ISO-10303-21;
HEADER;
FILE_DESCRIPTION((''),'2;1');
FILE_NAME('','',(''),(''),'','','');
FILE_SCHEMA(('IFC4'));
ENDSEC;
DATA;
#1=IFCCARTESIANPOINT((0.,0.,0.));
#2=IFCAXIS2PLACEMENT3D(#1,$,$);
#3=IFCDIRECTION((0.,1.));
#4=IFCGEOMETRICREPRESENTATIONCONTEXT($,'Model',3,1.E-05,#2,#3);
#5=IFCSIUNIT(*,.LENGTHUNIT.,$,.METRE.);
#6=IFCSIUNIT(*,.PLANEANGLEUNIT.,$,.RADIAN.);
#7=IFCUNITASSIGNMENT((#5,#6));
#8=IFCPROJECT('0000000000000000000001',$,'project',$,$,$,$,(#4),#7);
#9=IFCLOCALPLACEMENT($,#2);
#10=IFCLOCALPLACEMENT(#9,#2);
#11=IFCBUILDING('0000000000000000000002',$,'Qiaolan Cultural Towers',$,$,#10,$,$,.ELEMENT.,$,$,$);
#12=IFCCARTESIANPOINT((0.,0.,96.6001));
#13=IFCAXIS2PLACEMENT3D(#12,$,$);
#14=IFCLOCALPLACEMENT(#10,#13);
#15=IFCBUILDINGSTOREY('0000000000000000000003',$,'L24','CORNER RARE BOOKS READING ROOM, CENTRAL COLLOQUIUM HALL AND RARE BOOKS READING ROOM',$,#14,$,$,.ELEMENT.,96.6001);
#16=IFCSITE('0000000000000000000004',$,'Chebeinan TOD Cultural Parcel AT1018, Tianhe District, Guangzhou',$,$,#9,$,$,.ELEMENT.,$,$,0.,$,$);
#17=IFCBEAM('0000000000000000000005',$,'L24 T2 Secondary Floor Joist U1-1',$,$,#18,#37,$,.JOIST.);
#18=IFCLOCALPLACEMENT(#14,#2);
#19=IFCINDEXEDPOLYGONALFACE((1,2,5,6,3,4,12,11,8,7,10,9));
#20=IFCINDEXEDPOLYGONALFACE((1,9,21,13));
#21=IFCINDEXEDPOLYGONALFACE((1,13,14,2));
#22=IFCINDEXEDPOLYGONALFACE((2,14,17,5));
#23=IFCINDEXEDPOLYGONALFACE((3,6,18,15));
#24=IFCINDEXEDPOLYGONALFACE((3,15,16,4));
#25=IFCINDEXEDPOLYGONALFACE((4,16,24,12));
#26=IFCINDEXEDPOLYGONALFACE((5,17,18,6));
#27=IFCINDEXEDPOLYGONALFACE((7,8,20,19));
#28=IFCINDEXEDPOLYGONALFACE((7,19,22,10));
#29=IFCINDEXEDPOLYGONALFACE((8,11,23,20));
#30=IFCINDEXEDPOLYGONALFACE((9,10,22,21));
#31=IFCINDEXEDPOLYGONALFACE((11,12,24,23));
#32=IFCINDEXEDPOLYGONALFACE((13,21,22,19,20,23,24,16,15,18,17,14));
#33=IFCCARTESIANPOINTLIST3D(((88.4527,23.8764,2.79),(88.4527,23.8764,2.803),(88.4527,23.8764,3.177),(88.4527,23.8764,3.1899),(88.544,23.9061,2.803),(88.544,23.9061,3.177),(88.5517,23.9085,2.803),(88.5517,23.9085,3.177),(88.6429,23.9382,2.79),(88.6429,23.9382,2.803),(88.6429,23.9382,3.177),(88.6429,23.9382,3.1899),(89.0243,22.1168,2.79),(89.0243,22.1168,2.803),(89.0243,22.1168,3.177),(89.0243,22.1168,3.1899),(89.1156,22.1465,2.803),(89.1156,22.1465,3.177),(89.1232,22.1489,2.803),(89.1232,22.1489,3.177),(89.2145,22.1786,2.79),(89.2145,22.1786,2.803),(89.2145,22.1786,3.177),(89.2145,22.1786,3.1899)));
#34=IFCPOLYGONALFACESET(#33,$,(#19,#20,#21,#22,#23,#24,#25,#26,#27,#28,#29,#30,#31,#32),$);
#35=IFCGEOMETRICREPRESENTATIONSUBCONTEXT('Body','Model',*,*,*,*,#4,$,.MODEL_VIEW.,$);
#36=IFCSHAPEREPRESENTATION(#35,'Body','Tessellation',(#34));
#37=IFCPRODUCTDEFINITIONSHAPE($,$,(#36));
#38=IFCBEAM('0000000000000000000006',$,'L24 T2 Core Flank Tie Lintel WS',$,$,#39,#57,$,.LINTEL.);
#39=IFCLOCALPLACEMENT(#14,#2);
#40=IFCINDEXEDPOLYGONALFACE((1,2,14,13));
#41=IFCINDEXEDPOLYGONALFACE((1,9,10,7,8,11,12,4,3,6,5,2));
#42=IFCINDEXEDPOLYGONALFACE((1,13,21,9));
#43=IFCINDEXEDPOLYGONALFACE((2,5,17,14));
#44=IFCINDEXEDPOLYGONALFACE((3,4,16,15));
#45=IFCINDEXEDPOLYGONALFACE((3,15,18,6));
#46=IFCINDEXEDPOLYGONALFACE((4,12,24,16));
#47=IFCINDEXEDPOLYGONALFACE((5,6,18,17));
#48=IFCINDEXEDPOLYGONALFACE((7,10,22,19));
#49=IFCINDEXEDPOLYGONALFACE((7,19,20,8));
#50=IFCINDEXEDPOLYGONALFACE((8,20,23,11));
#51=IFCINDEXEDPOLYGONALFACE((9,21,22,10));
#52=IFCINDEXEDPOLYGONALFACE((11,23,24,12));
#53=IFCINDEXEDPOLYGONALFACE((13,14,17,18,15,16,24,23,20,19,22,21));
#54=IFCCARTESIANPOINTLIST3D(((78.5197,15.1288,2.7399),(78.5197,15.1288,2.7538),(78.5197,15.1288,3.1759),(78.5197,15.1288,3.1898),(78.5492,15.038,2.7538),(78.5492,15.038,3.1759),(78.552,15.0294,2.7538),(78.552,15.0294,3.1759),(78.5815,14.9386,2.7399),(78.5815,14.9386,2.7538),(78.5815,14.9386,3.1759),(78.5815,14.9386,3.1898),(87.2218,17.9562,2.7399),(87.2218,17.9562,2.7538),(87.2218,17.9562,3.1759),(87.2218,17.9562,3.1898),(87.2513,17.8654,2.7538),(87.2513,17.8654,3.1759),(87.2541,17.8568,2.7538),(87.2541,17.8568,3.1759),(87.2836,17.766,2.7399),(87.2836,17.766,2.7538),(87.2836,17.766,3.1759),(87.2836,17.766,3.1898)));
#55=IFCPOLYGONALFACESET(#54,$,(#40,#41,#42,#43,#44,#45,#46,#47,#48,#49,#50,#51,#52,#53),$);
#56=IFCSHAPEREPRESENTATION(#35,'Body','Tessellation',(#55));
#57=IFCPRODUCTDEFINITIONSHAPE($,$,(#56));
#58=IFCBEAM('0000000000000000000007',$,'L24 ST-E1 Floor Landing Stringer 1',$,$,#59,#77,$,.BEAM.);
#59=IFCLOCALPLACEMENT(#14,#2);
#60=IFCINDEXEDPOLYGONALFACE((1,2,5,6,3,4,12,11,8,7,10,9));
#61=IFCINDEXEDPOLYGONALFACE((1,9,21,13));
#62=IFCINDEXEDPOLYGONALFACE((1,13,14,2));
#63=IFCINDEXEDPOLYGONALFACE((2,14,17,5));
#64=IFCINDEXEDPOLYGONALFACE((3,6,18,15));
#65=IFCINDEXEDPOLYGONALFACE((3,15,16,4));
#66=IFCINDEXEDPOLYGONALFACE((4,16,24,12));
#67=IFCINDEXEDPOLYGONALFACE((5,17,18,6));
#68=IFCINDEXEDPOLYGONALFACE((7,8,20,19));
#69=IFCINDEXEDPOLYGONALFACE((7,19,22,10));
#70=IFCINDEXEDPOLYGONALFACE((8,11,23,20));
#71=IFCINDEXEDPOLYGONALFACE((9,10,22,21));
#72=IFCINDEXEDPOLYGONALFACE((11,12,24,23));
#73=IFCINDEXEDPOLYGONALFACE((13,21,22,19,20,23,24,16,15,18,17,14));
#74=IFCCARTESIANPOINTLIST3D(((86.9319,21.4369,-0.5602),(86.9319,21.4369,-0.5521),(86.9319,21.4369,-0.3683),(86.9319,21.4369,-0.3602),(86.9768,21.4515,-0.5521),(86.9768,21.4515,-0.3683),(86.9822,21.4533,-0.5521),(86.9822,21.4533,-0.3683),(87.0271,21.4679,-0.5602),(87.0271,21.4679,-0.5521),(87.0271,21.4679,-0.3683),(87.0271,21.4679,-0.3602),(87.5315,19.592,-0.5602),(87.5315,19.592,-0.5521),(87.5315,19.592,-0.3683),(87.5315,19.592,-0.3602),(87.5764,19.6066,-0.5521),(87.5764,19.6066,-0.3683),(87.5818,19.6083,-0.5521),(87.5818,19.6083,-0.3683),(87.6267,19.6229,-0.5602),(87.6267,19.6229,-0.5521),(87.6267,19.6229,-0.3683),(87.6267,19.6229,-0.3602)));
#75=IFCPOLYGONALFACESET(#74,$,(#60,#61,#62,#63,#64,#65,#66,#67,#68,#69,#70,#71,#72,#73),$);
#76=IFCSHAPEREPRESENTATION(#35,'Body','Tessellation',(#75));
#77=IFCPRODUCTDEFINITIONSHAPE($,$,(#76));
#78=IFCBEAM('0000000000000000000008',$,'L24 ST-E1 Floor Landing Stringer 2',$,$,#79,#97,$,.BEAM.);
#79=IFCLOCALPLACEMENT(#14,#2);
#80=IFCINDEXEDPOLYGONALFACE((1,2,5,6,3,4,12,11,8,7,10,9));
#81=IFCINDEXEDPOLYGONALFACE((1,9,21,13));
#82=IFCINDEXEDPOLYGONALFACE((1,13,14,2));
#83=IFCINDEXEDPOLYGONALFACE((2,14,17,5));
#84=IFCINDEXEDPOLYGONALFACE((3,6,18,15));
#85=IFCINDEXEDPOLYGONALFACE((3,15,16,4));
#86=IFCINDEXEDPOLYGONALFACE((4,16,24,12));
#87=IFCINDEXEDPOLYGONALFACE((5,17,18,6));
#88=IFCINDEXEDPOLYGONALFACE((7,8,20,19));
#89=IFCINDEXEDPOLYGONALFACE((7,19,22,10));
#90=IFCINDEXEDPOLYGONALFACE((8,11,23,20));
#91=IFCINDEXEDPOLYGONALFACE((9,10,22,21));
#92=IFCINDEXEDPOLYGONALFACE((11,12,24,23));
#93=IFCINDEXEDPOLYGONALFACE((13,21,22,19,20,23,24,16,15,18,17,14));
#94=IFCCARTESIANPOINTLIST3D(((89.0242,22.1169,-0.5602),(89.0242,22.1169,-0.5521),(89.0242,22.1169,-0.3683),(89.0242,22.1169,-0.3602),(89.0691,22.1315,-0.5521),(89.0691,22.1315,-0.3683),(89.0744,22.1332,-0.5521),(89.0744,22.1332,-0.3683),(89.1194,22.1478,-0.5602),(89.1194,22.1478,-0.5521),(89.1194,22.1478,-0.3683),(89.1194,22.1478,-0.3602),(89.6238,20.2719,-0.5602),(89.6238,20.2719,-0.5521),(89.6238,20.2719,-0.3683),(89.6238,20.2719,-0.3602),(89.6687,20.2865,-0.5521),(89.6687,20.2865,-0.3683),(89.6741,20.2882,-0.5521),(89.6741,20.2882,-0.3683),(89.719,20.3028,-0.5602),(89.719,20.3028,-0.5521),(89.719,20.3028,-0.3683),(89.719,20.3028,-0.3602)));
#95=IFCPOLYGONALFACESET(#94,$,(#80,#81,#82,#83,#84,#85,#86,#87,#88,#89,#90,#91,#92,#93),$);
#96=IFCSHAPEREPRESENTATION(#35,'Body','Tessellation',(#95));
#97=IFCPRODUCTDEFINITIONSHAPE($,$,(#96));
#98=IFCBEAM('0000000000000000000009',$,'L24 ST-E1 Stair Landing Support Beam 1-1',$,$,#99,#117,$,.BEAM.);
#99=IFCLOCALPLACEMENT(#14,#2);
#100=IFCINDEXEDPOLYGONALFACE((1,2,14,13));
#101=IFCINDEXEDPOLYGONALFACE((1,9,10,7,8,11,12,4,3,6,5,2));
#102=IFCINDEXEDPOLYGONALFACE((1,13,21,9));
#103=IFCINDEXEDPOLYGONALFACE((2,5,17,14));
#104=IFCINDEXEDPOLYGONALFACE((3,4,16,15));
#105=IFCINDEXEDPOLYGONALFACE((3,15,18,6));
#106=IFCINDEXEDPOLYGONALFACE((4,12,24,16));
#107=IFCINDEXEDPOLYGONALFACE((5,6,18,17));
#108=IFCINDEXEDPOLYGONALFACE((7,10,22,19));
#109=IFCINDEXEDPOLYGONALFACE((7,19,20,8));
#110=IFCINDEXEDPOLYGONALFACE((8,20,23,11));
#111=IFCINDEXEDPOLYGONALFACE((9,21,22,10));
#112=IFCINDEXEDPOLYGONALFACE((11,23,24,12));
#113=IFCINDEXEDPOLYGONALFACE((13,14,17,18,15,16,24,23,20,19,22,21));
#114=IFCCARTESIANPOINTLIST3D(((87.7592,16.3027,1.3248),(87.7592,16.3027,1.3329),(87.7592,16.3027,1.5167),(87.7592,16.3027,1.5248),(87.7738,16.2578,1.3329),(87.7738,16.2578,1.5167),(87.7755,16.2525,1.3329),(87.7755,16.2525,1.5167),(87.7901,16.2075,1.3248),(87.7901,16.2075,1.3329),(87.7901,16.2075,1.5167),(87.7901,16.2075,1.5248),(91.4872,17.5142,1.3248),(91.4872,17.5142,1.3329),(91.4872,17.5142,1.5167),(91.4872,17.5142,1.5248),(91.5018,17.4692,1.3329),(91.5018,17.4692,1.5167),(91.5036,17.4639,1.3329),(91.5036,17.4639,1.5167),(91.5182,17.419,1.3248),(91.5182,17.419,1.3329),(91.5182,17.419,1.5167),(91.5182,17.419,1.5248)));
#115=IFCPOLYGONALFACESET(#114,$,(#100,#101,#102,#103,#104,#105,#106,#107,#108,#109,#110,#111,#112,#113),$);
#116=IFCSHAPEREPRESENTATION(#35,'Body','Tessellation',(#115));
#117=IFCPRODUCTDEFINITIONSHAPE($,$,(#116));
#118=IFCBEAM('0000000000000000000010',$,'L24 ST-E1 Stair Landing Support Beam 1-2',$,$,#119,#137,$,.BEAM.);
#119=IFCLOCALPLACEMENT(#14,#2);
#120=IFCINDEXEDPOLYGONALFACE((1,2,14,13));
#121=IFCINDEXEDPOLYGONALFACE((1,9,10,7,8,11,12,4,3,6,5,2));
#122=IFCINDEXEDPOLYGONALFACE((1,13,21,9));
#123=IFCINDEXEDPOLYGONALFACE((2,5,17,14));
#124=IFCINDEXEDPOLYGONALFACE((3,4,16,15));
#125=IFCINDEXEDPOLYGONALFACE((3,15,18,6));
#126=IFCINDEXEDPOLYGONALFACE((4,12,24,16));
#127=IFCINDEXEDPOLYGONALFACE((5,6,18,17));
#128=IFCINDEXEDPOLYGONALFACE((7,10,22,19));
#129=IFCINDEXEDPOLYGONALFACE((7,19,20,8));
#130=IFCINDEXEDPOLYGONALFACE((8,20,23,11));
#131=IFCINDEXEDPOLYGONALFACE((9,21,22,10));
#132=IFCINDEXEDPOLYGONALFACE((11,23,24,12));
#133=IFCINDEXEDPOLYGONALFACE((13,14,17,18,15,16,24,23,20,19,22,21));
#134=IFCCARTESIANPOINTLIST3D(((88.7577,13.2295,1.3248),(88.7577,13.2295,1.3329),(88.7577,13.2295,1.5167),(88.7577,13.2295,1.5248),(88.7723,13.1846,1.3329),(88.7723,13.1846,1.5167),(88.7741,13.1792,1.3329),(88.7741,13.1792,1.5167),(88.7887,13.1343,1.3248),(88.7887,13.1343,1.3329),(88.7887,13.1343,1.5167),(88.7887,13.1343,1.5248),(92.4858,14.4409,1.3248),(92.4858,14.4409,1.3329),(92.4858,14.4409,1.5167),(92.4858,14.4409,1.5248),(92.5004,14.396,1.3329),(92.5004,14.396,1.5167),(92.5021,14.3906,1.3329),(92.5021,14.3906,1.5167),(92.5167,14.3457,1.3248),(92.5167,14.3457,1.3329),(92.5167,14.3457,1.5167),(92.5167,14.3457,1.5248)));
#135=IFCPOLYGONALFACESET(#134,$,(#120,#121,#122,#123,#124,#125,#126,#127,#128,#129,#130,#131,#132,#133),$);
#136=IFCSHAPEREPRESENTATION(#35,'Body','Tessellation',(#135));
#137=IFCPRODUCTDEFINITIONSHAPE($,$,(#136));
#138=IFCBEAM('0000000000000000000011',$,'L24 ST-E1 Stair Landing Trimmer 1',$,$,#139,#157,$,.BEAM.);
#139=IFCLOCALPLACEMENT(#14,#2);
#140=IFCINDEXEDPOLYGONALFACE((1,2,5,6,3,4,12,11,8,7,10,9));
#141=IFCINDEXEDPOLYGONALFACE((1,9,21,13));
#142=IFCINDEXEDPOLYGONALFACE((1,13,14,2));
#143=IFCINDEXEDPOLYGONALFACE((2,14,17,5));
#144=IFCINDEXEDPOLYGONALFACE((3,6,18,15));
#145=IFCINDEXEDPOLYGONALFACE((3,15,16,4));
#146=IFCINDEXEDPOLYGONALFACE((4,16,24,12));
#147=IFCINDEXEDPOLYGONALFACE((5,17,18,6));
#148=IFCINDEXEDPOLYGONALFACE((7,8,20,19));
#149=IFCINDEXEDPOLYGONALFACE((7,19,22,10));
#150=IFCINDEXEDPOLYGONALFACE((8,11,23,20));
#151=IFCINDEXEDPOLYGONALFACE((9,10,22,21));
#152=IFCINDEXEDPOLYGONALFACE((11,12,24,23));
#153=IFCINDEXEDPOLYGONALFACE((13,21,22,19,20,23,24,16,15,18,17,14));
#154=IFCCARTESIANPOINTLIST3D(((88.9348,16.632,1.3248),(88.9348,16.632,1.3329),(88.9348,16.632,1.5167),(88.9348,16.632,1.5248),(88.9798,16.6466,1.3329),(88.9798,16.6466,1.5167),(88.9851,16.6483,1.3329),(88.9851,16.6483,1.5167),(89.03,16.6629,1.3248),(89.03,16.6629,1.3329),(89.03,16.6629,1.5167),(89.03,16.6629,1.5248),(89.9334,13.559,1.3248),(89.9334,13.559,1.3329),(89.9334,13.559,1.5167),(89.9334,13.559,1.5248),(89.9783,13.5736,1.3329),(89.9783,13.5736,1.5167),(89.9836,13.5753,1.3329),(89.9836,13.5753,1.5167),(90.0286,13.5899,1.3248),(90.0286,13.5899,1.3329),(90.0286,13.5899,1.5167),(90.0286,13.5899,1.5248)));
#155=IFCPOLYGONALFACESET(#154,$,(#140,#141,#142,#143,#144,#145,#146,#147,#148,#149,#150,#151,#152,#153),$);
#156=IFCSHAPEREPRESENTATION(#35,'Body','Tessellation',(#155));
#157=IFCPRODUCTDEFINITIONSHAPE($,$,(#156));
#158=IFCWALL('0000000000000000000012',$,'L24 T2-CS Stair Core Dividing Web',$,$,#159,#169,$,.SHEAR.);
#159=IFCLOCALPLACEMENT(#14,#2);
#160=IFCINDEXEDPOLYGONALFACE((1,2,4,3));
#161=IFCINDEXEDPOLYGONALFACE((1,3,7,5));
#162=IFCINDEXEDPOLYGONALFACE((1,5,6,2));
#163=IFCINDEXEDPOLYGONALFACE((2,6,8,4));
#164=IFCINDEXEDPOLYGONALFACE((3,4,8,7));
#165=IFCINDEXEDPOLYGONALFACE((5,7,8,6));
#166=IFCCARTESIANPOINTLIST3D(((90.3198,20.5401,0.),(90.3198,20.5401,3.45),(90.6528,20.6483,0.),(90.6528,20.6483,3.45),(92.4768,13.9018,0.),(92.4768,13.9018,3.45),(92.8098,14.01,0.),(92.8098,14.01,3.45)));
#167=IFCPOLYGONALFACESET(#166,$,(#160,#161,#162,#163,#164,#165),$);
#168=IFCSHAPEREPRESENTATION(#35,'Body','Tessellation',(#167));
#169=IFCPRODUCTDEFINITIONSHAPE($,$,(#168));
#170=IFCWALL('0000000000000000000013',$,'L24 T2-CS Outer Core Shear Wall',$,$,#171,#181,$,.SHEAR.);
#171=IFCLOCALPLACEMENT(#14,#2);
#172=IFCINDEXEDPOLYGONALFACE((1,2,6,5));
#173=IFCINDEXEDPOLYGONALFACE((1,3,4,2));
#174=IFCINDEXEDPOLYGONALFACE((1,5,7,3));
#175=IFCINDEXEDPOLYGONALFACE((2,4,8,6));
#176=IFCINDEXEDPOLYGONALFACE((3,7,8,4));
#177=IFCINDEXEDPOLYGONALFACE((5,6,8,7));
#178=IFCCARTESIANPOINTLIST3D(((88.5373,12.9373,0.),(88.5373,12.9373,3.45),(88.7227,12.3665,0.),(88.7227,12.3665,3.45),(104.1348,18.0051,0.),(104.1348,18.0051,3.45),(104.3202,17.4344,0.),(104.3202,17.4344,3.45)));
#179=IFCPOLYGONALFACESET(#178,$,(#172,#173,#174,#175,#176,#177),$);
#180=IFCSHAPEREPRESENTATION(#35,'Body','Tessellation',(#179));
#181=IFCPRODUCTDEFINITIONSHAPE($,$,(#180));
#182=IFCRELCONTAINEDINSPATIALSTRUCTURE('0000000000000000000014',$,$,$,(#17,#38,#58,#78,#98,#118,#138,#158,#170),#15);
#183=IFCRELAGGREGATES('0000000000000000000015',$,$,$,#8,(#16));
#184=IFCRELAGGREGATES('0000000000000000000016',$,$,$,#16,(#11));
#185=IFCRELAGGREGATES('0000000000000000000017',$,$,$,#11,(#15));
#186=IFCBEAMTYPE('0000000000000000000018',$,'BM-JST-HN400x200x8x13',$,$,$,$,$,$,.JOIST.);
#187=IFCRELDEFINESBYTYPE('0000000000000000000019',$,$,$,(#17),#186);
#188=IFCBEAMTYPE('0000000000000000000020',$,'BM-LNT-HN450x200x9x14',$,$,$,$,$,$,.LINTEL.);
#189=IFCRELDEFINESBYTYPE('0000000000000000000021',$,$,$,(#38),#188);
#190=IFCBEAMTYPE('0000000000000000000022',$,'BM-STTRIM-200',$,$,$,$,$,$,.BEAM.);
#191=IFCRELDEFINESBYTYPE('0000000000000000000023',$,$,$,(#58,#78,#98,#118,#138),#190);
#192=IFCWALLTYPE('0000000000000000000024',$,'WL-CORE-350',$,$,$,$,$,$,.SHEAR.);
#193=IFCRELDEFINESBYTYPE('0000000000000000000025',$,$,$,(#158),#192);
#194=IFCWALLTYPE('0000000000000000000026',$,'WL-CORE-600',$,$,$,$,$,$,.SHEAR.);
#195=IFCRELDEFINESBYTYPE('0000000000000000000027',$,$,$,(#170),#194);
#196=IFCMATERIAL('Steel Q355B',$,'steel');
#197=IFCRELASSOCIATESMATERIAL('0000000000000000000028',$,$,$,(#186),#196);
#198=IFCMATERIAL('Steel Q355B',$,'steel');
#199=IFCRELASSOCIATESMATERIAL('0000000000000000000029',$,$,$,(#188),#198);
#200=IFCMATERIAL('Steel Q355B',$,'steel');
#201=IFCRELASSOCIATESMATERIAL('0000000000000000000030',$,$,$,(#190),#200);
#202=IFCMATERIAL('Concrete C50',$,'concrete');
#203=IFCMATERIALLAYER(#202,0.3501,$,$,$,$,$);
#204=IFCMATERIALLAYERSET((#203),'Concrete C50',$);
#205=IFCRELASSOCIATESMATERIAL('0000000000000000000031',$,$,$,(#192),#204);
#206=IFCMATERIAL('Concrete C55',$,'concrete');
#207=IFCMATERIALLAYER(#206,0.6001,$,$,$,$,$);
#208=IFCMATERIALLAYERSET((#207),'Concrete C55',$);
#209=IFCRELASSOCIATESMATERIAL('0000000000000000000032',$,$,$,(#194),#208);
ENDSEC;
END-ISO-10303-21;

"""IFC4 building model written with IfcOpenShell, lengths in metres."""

from ifc_helpers import new_model, si_unit, direction, frame, frame_2d, origin, origin_2d, place, context, subcontext, project, spatial, rectangle, i_section, extrude, material, layer, layer_set, material_profile, profile_set, type_object, element, save


model = new_model("IFC4")

# Units and contexts
model_context = context("Model", 3, precision=1e-05, world=origin(), true_north=direction((0.0, 1.0)))
body_context = subcontext(model_context, "Body", "Model", "MODEL_VIEW")
ifc_project = project(units=[si_unit("LENGTHUNIT", "METRE"), si_unit("PLANEANGLEUNIT", "RADIAN")], contexts=[model_context])

# Site, building, storey
site_placement = place(None, origin())
site = spatial("IfcSite", under=ifc_project, at=site_placement, Name="Chebeinan TOD Cultural Parcel AT1018, Tianhe District, Guangzhou", CompositionType="ELEMENT", RefElevation=0.0)
building_placement = place(site_placement, origin())
building = spatial("IfcBuilding", under=site, at=building_placement, Name="Qiaolan Cultural Towers", CompositionType="ELEMENT")
storey_placement = place(building_placement, frame((0.0, 0.0, 96.6001)))
storey = spatial("IfcBuildingStorey", under=building, at=storey_placement, Name="L24", Description="CORNER RARE BOOKS READING ROOM, CENTRAL COLLOQUIUM HALL AND RARE BOOKS READING ROOM", CompositionType="ELEMENT", Elevation=96.6001)

# Beams
ifc_material_1 = material(Name="Steel Q355B", Category="steel")
ifc_material_profile_1 = material_profile(ifc_material_1, i_section(OverallWidth=0.2, OverallDepth=0.3999, WebThickness=0.0081, FlangeThickness=0.0129, at=origin_2d()), Name="HN400x200x8x13")
ifc_profile_set_1 = profile_set([ifc_material_profile_1], Name="Steel Q355B")
beam_type_1 = type_object("IfcBeamType", Name="BM-JST-HN400x200x8x13", PredefinedType="JOIST", material=ifc_profile_set_1)
beam_1_placement = place(storey_placement, frame((89.1194, 22.1477, 2.99), z_axis=(-0.308934, 0.951084, 0.0), x_axis=(-0.951084, -0.308934, 0.0)))
element("IfcBeam", 1, at=beam_1_placement, inside=storey, type_object=beam_type_1, Name="L24 T2 Secondary Floor Joist U1-1", PredefinedType="JOIST", context=body_context, shape_type="SweptSolid", body=[
    extrude(i_section(OverallWidth=0.2, OverallDepth=0.3999, WebThickness=0.0081, FlangeThickness=0.0129, at=origin_2d()), origin(), (0.0, 0.0, 1.0), 1.8501),
])
ifc_material_2 = material(Name="Steel Q355B", Category="steel")
ifc_material_profile_2 = material_profile(ifc_material_2, i_section(OverallWidth=0.2, OverallDepth=0.45, WebThickness=0.009, FlangeThickness=0.0139, at=origin_2d()), Name="HN450x200x9x14")
ifc_profile_set_2 = profile_set([ifc_material_profile_2], Name="Steel Q355B")
beam_type_2 = type_object("IfcBeamType", Name="BM-LNT-HN450x200x9x14", PredefinedType="LINTEL", material=ifc_profile_set_2)
beam_2_placement = place(storey_placement, frame((87.2527, 17.8611, 2.9648), z_axis=(-0.95106, -0.309006, 0.0), x_axis=(0.309006, -0.95106, 0.0)))
element("IfcBeam", 2, at=beam_2_placement, inside=storey, type_object=beam_type_2, Name="L24 T2 Core Flank Tie Lintel WS", PredefinedType="LINTEL", context=body_context, shape_type="SweptSolid", body=[
    extrude(i_section(OverallWidth=0.2, OverallDepth=0.45, WebThickness=0.009, FlangeThickness=0.0139, at=origin_2d()), origin(), (0.0, 0.0, 1.0), 9.1499),
])
ifc_material_3 = material(Name="Steel Q355B", Category="steel")
ifc_material_profile_3 = material_profile(ifc_material_3, i_section(OverallWidth=0.1001, OverallDepth=0.2, WebThickness=0.0056, FlangeThickness=0.0081, at=origin_2d()), Name="HN200x100x5.5x8")
ifc_profile_set_3 = profile_set([ifc_material_profile_3], Name="Steel Q355B")
beam_type_3 = type_object("IfcBeamType", Name="BM-STTRIM-200", PredefinedType="BEAM", material=ifc_profile_set_3)
for number, where, z_axis, x_axis, name in (
    (3, (86.9795, 21.4524, -0.4602), (0.309083, -0.951035, 0.0), (0.951035, 0.309083, 0.0), "L24 ST-E1 Floor Landing Stringer 1"),
    (4, (89.0718, 22.1323, -0.4602), (0.309083, -0.951035, 0.0), (0.951035, 0.309083, 0.0), "L24 ST-E1 Floor Landing Stringer 2"),
):
    element("IfcBeam", number, at=place(storey_placement, frame(where, z_axis=z_axis, x_axis=x_axis)), inside=storey, type_object=beam_type_3, Name=name, PredefinedType="BEAM", context=body_context, shape_type="SweptSolid", body=[
        extrude(i_section(OverallWidth=0.1001, OverallDepth=0.2, WebThickness=0.0056, FlangeThickness=0.0081, at=origin_2d()), origin(), (0.0, 0.0, 1.0), 1.9399),
    ])
for number, where, z_axis, x_axis, name in (
    (5, (87.7747, 16.2551, 1.4248), (0.951048, 0.309044, 0.0), (-0.309044, 0.951048, 0.0), "L24 ST-E1 Stair Landing Support Beam 1-1"),
    (6, (88.7732, 13.1819, 1.4248), (0.951048, 0.309044, 0.0), (-0.309044, 0.951048, 0.0), "L24 ST-E1 Stair Landing Support Beam 1-2"),
):
    element("IfcBeam", number, at=place(storey_placement, frame(where, z_axis=z_axis, x_axis=x_axis)), inside=storey, type_object=beam_type_3, Name=name, PredefinedType="BEAM", context=body_context, shape_type="SweptSolid", body=[
        extrude(i_section(OverallWidth=0.1001, OverallDepth=0.2, WebThickness=0.0056, FlangeThickness=0.0081, at=origin_2d()), origin(), (0.0, 0.0, 1.0), 3.9199),
    ])
beam_3_placement = place(storey_placement, frame((88.9824, 16.6475, 1.4248), z_axis=(0.309033, -0.951051, 0.0), x_axis=(0.951051, 0.309033, 0.0)))
element("IfcBeam", 7, at=beam_3_placement, inside=storey, type_object=beam_type_3, Name="L24 ST-E1 Stair Landing Trimmer 1", PredefinedType="BEAM", context=body_context, shape_type="SweptSolid", body=[
    extrude(i_section(OverallWidth=0.1001, OverallDepth=0.2, WebThickness=0.0056, FlangeThickness=0.0081, at=origin_2d()), origin(), (0.0, 0.0, 1.0), 3.2312),
])

# Walls
ifc_material_4 = material(Name="Concrete C50", Category="concrete")
ifc_layer_1 = layer(ifc_material_4, 0.3501)
ifc_layer_set_1 = layer_set([ifc_layer_1], Name="Concrete C50")
wall_type_1 = type_object("IfcWallType", Name="WL-CORE-350", PredefinedType="SHEAR", material=ifc_layer_set_1)
wall_1_placement = place(storey_placement, frame((90.4863, 20.5942, 0.0), z_axis=(0.0, 0.0, 1.0), x_axis=(0.30902, -0.951055, 0.0)))
element("IfcWall", 8, at=wall_1_placement, inside=storey, type_object=wall_type_1, Name="L24 T2-CS Stair Core Dividing Web", PredefinedType="SHEAR", context=body_context, shape_type="SweptSolid", body=[
    extrude(rectangle(XDim=6.98, YDim=0.3501, at=frame_2d((3.49, 0.0))), origin(), (0.0, 0.0, 1.0), 3.45),
])
ifc_material_5 = material(Name="Concrete C55", Category="concrete")
ifc_layer_2 = layer(ifc_material_5, 0.6001)
ifc_layer_set_2 = layer_set([ifc_layer_2], Name="Concrete C55")
wall_type_2 = type_object("IfcWallType", Name="WL-CORE-600", PredefinedType="SHEAR", material=ifc_layer_set_2)
wall_2_placement = place(storey_placement, frame((88.6299, 12.6519, 0.0), z_axis=(0.0, 0.0, 1.0), x_axis=(0.951057, 0.309015, 0.0)))
element("IfcWall", 9, at=wall_2_placement, inside=storey, type_object=wall_type_2, Name="L24 T2-CS Outer Core Shear Wall", PredefinedType="SHEAR", context=body_context, shape_type="SweptSolid", body=[
    extrude(rectangle(XDim=16.4001, YDim=0.6001, at=frame_2d((8.2002, 0.0))), origin(), (0.0, 0.0, 1.0), 3.45),
])

save(model, "model.ifc")
